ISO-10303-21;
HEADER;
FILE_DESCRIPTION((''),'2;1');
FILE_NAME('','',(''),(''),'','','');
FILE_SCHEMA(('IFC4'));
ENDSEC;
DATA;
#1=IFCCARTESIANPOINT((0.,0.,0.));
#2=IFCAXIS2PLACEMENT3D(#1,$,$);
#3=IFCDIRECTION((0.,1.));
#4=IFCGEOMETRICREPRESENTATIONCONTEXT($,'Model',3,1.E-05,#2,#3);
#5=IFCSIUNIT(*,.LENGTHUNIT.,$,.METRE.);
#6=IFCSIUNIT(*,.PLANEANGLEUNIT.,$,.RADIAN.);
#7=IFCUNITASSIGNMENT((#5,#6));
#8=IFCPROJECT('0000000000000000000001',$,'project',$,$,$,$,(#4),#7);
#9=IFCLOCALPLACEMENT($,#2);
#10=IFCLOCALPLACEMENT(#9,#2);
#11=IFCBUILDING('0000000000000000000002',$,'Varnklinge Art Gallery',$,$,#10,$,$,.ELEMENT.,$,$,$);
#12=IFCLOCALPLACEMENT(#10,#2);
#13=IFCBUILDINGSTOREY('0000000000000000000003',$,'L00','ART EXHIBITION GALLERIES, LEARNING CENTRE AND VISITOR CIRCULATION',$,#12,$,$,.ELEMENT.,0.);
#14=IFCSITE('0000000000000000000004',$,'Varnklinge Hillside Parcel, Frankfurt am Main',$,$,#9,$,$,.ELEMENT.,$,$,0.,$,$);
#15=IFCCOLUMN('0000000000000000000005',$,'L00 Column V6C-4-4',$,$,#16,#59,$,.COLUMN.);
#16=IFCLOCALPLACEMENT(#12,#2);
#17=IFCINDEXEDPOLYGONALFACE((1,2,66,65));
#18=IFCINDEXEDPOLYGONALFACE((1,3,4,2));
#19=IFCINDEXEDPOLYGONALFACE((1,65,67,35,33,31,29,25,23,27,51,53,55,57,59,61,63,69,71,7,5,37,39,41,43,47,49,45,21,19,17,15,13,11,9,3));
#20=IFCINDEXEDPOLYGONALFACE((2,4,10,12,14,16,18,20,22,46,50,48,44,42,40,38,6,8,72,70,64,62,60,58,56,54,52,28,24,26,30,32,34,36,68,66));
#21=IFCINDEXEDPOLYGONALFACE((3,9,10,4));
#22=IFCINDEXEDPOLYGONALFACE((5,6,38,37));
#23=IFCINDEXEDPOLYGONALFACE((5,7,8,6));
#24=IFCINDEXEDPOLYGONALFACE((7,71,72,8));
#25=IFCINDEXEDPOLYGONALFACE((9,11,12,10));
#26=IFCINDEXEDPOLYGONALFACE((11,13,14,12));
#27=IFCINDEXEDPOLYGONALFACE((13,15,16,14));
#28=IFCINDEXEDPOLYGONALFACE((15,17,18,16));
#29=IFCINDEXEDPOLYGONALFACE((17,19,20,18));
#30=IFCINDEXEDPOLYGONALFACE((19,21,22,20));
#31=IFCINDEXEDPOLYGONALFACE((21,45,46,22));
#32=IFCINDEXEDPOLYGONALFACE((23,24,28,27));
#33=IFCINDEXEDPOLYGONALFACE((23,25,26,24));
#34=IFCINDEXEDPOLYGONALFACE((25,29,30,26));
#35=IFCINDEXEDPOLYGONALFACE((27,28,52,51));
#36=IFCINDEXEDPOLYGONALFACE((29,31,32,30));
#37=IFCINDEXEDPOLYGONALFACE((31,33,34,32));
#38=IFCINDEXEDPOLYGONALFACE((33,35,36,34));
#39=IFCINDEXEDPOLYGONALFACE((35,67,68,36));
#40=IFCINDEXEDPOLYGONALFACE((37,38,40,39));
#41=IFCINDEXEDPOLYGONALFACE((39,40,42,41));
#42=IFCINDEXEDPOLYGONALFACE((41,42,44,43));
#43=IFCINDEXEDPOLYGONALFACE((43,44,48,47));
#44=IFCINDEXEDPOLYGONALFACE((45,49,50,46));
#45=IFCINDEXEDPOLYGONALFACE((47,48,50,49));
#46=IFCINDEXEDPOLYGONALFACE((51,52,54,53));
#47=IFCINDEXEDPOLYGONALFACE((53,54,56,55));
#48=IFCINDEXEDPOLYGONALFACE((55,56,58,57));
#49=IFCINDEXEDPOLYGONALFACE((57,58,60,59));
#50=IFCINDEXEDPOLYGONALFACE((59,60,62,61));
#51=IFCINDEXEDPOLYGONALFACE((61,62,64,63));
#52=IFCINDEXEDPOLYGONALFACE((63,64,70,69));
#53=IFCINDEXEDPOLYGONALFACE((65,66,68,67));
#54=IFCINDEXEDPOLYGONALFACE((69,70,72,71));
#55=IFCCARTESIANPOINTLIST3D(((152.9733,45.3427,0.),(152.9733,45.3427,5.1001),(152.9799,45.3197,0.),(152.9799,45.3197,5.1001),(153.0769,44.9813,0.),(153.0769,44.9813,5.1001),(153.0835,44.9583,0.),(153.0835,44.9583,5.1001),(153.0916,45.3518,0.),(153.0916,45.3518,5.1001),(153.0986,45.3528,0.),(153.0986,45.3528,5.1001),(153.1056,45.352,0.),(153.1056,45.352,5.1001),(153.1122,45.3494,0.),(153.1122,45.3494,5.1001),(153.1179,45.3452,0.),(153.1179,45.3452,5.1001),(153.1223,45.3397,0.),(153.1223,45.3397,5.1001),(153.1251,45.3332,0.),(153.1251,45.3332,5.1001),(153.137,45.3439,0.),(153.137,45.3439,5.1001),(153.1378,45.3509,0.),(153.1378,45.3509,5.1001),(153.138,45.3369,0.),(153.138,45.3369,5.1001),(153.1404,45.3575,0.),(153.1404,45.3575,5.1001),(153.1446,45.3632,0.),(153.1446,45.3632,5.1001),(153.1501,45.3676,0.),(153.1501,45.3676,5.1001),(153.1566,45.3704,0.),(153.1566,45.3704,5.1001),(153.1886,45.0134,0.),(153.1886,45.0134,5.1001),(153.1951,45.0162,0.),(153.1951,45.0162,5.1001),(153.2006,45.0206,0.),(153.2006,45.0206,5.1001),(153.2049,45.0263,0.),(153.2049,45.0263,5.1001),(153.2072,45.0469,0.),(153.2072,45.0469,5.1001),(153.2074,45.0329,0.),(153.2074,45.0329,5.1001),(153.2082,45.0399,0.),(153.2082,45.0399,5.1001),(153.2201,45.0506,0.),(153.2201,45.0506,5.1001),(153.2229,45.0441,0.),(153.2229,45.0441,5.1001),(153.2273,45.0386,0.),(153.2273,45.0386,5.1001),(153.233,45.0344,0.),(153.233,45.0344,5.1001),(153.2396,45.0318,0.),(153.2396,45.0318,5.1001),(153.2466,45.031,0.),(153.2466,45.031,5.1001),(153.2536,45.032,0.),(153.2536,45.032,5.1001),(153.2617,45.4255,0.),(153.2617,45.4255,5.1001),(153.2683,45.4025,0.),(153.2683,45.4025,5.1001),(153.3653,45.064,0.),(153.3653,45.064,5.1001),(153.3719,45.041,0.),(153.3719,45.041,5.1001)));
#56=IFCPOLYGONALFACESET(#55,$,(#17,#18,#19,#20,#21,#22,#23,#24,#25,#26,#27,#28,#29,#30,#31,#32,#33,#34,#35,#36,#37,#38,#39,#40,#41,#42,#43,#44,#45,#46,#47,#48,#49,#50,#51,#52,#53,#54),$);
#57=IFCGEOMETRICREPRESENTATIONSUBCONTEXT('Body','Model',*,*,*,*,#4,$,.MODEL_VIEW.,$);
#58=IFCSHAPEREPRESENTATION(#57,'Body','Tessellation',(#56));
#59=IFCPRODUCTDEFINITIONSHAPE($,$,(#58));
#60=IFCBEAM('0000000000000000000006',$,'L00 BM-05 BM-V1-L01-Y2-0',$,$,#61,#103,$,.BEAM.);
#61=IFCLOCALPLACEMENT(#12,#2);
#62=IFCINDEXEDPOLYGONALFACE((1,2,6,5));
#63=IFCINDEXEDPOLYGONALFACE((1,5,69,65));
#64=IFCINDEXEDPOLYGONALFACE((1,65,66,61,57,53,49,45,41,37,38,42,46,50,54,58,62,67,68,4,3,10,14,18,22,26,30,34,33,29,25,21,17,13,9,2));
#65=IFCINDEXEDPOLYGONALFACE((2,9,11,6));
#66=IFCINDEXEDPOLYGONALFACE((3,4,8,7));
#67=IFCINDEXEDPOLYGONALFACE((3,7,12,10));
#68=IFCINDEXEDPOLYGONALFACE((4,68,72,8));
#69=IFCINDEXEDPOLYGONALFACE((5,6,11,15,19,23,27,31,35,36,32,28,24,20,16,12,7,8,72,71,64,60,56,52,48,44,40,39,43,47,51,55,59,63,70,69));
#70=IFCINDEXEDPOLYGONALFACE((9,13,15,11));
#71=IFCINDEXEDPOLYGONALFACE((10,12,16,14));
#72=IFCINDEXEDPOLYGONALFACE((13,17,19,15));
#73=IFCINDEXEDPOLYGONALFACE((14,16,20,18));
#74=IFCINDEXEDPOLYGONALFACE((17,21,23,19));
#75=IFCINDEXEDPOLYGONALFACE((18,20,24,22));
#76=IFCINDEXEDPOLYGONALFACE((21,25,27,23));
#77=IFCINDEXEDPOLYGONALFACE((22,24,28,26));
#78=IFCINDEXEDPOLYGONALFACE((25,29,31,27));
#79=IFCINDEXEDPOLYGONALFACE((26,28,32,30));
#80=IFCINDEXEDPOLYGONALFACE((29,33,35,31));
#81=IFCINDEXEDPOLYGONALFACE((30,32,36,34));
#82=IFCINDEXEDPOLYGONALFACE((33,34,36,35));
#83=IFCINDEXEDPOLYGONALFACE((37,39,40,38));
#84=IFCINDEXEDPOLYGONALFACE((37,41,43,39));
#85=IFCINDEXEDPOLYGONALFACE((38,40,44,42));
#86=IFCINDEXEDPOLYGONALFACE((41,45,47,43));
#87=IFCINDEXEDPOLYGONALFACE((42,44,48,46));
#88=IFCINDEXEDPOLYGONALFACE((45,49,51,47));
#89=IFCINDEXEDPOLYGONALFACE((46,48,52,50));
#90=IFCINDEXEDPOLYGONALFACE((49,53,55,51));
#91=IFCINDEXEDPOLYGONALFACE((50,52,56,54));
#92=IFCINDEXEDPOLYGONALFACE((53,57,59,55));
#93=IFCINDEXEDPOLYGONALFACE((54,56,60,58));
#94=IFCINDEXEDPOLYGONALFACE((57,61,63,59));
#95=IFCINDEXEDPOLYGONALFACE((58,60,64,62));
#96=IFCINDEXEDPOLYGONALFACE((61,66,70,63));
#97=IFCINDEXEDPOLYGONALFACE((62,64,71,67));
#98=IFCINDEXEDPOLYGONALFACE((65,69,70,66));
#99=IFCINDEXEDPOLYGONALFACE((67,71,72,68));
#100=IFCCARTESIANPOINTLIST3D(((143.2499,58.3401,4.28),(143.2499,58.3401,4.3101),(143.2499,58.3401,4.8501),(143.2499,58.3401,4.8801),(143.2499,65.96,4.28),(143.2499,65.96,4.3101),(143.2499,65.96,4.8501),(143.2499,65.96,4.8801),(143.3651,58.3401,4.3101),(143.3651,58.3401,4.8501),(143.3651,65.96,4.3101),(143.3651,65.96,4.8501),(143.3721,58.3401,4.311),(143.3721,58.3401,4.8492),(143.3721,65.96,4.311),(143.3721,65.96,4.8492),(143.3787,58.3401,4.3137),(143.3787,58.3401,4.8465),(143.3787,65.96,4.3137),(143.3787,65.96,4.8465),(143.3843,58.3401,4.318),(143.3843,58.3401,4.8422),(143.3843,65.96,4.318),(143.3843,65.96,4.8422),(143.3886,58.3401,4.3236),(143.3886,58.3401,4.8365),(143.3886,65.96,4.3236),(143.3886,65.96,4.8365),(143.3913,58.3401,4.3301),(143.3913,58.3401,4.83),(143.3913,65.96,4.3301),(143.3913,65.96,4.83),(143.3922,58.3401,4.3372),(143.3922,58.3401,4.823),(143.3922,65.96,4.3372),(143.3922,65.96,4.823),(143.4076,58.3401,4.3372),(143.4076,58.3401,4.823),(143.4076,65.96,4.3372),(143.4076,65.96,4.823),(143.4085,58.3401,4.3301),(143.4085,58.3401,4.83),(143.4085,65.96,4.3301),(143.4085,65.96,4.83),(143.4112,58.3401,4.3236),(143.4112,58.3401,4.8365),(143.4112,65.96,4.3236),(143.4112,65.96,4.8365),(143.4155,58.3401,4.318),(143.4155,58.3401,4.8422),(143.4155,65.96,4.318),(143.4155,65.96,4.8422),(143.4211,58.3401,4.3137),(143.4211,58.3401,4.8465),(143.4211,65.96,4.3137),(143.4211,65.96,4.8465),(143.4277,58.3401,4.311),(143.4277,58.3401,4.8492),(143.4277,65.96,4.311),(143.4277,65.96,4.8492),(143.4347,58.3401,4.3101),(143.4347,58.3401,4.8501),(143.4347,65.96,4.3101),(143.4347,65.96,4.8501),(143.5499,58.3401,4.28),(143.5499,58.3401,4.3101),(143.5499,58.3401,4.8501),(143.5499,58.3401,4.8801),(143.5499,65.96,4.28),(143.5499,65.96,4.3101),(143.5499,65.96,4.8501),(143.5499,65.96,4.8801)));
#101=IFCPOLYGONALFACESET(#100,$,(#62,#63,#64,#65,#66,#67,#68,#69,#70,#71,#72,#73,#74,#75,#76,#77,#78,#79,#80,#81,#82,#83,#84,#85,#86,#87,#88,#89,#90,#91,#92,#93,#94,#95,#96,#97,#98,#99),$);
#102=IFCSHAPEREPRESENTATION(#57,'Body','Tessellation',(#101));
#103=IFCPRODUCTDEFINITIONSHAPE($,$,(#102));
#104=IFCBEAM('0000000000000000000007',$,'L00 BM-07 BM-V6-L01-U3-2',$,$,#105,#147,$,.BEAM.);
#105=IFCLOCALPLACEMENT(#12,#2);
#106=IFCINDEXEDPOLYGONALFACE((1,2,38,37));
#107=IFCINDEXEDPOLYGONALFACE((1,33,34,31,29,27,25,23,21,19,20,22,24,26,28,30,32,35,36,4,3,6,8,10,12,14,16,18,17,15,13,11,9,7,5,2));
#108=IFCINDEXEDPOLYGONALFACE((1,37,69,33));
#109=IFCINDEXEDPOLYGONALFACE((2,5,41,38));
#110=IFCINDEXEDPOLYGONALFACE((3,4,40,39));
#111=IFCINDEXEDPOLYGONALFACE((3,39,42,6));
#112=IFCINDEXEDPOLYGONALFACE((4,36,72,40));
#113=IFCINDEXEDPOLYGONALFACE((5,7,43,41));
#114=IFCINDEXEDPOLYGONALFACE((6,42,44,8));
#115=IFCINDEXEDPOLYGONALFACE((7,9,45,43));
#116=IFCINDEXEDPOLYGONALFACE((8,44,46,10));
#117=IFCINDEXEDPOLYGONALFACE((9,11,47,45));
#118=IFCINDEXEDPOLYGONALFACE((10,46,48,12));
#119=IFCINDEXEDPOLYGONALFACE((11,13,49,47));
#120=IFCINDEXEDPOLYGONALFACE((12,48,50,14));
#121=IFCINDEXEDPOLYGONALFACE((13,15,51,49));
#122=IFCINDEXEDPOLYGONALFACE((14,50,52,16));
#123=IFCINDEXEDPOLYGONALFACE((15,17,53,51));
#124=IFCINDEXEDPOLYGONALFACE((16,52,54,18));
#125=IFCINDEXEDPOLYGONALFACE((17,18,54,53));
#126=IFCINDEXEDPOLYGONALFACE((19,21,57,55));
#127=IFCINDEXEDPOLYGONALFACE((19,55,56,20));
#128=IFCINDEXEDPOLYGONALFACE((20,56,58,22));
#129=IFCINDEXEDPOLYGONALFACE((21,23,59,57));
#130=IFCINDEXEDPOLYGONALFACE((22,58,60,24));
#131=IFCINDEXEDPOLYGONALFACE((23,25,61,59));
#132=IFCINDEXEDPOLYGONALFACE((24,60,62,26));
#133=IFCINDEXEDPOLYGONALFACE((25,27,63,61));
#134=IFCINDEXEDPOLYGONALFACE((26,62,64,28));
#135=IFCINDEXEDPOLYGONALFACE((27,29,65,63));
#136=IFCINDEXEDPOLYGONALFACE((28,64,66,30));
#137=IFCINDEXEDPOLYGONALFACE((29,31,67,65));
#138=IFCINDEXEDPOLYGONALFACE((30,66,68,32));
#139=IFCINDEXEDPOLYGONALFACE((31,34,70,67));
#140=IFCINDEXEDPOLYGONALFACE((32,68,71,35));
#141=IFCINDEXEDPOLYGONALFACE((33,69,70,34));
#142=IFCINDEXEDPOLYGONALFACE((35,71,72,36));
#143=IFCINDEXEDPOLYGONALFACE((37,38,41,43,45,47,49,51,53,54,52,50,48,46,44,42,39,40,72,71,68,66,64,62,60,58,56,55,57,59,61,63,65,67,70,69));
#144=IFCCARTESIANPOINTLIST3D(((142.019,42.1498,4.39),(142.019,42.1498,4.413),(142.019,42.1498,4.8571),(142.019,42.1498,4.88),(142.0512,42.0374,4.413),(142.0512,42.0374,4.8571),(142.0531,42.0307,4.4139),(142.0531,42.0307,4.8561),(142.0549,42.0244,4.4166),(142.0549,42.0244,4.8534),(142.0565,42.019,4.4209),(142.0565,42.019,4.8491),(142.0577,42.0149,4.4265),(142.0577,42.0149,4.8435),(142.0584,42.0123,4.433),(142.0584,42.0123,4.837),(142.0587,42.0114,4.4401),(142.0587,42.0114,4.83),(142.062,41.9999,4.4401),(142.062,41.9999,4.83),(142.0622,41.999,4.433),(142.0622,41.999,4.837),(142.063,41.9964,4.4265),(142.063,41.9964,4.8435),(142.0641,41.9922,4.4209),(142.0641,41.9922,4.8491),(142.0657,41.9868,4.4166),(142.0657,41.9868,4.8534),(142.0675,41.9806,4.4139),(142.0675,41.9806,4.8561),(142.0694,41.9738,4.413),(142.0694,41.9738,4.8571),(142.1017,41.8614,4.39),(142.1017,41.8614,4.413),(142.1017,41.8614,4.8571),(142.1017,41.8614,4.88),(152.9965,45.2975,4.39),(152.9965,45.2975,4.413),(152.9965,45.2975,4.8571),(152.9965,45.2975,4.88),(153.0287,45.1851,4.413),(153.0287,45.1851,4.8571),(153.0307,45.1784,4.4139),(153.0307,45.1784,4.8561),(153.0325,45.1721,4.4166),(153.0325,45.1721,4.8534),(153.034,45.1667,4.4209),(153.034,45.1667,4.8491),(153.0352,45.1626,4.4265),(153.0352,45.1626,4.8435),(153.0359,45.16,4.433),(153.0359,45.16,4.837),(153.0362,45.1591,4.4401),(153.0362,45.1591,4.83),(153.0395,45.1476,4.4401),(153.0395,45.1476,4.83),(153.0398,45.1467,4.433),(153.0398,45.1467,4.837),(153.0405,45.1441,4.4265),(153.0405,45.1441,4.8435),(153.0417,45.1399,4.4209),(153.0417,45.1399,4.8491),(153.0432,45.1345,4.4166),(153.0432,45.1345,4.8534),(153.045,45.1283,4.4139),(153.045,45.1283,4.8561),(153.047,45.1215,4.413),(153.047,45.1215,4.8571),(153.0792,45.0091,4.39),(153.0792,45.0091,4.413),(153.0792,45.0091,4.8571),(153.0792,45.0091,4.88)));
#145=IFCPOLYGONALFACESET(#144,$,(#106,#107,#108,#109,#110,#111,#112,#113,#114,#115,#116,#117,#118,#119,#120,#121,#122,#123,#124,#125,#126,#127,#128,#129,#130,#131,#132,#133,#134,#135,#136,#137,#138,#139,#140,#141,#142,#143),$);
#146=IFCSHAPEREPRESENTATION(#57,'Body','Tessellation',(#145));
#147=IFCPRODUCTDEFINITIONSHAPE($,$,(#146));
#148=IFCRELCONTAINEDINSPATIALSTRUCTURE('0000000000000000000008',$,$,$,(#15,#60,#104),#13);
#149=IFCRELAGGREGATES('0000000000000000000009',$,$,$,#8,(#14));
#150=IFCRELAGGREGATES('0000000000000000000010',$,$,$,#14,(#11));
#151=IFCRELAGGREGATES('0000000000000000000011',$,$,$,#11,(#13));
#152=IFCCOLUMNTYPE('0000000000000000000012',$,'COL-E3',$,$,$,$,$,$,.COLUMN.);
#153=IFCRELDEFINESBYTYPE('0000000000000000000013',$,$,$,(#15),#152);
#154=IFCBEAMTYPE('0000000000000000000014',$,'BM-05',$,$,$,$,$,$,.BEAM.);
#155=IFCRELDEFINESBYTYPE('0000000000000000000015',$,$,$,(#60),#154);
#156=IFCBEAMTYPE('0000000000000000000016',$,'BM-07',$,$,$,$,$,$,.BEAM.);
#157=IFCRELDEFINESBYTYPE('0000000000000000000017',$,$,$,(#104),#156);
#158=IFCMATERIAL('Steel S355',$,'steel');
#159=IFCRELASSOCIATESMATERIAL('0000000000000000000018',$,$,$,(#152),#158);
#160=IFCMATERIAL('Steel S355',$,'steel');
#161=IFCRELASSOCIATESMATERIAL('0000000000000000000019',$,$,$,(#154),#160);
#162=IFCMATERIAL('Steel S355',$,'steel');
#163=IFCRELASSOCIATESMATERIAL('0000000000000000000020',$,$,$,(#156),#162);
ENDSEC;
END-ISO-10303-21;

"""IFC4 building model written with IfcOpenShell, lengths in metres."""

from ifc_helpers import new_model, si_unit, direction, frame, origin, origin_2d, place, context, subcontext, project, spatial, i_section, extrude, material, material_profile, profile_set, type_object, element, save


model = new_model("IFC4")

# Units and contexts
model_context = context("Model", 3, precision=1e-05, world=origin(), true_north=direction((0.0, 1.0)))
body_context = subcontext(model_context, "Body", "Model", "MODEL_VIEW")
ifc_project = project(units=[si_unit("LENGTHUNIT", "METRE"), si_unit("PLANEANGLEUNIT", "RADIAN")], contexts=[model_context])

# Site, building, storey
site_placement = place(None, origin())
site = spatial("IfcSite", under=ifc_project, at=site_placement, Name="Varnklinge Hillside Parcel, Frankfurt am Main", CompositionType="ELEMENT", RefElevation=0.0)
building_placement = place(site_placement, origin())
building = spatial("IfcBuilding", under=site, at=building_placement, Name="Varnklinge Art Gallery", CompositionType="ELEMENT")
storey_placement = place(building_placement, origin())
storey = spatial("IfcBuildingStorey", under=building, at=storey_placement, Name="L00", Description="ART EXHIBITION GALLERIES, LEARNING CENTRE AND VISITOR CIRCULATION", CompositionType="ELEMENT", Elevation=0.0)

# Column
ifc_material_1 = material(Name="Steel S355", Category="steel")
ifc_material_profile_1 = material_profile(ifc_material_1, i_section(OverallWidth=0.3, OverallDepth=0.3999, WebThickness=0.0134, FlangeThickness=0.0239, FilletRadius=0.0271, at=origin_2d()), Name="HEB 400")
ifc_profile_set_1 = profile_set([ifc_material_profile_1], Name="Steel S355")
column_type_1 = type_object("IfcColumnType", Name="COL-E3", PredefinedType="COLUMN", material=ifc_profile_set_1)
for number, where, z_axis, x_axis, name in (
    (1, (153.1726, 45.1919, 0.0), (0.0, 0.0, 1.0), (0.961262, 0.275637, 0.0), "L00 Column V6C-4-4"),
):
    element("IfcColumn", number, at=place(storey_placement, frame(where, z_axis=z_axis, x_axis=x_axis)), inside=storey, type_object=column_type_1, Name=name, PredefinedType="COLUMN", context=body_context, shape_type="SweptSolid", body=[
        extrude(i_section(OverallWidth=0.3, OverallDepth=0.3999, WebThickness=0.0134, FlangeThickness=0.0239, FilletRadius=0.0271, at=origin_2d()), origin(), (0.0, 0.0, 1.0), 5.1001),
    ])

# Beams
ifc_material_2 = material(Name="Steel S355", Category="steel")
ifc_material_profile_2 = material_profile(ifc_material_2, i_section(OverallWidth=0.3, OverallDepth=0.6001, WebThickness=0.0154, FlangeThickness=0.03, FilletRadius=0.0271, at=origin_2d()), Name="HEB 600")
ifc_profile_set_2 = profile_set([ifc_material_profile_2], Name="Steel S355")
beam_type_1 = type_object("IfcBeamType", Name="BM-05", PredefinedType="BEAM", material=ifc_profile_set_2)
beam_1_placement = place(storey_placement, frame((143.3999, 58.3401, 4.5801), z_axis=(0.0, 1.0, 0.0), x_axis=(-1.0, 0.0, 0.0)))
element("IfcBeam", 2, at=beam_1_placement, inside=storey, type_object=beam_type_1, Name="L00 BM-05 BM-V1-L01-Y2-0", PredefinedType="BEAM", context=body_context, shape_type="SweptSolid", body=[
    extrude(i_section(OverallWidth=0.3, OverallDepth=0.6001, WebThickness=0.0154, FlangeThickness=0.03, FilletRadius=0.0271, at=origin_2d()), origin(), (0.0, 0.0, 1.0), 7.6199),
])
ifc_material_3 = material(Name="Steel S355", Category="steel")
ifc_material_profile_3 = material_profile(ifc_material_3, i_section(OverallWidth=0.3, OverallDepth=0.49, WebThickness=0.012, FlangeThickness=0.0229, FilletRadius=0.0271, at=origin_2d()), Name="HEA 500")
ifc_profile_set_3 = profile_set([ifc_material_profile_3], Name="Steel S355")
beam_type_2 = type_object("IfcBeamType", Name="BM-07", PredefinedType="BEAM", material=ifc_profile_set_3)
beam_2_placement = place(storey_placement, frame((142.0603, 42.0056, 4.635), z_axis=(0.961263, 0.275633, 0.0), x_axis=(-0.275633, 0.961263, 0.0)))
element("IfcBeam", 3, at=beam_2_placement, inside=storey, type_object=beam_type_2, Name="L00 BM-07 BM-V6-L01-U3-2", PredefinedType="BEAM", context=body_context, shape_type="SweptSolid", body=[
    extrude(i_section(OverallWidth=0.3, OverallDepth=0.49, WebThickness=0.012, FlangeThickness=0.0229, FilletRadius=0.0271, at=origin_2d()), origin(), (0.0, 0.0, 1.0), 11.4199),
])

save(model, "model.ifc")
